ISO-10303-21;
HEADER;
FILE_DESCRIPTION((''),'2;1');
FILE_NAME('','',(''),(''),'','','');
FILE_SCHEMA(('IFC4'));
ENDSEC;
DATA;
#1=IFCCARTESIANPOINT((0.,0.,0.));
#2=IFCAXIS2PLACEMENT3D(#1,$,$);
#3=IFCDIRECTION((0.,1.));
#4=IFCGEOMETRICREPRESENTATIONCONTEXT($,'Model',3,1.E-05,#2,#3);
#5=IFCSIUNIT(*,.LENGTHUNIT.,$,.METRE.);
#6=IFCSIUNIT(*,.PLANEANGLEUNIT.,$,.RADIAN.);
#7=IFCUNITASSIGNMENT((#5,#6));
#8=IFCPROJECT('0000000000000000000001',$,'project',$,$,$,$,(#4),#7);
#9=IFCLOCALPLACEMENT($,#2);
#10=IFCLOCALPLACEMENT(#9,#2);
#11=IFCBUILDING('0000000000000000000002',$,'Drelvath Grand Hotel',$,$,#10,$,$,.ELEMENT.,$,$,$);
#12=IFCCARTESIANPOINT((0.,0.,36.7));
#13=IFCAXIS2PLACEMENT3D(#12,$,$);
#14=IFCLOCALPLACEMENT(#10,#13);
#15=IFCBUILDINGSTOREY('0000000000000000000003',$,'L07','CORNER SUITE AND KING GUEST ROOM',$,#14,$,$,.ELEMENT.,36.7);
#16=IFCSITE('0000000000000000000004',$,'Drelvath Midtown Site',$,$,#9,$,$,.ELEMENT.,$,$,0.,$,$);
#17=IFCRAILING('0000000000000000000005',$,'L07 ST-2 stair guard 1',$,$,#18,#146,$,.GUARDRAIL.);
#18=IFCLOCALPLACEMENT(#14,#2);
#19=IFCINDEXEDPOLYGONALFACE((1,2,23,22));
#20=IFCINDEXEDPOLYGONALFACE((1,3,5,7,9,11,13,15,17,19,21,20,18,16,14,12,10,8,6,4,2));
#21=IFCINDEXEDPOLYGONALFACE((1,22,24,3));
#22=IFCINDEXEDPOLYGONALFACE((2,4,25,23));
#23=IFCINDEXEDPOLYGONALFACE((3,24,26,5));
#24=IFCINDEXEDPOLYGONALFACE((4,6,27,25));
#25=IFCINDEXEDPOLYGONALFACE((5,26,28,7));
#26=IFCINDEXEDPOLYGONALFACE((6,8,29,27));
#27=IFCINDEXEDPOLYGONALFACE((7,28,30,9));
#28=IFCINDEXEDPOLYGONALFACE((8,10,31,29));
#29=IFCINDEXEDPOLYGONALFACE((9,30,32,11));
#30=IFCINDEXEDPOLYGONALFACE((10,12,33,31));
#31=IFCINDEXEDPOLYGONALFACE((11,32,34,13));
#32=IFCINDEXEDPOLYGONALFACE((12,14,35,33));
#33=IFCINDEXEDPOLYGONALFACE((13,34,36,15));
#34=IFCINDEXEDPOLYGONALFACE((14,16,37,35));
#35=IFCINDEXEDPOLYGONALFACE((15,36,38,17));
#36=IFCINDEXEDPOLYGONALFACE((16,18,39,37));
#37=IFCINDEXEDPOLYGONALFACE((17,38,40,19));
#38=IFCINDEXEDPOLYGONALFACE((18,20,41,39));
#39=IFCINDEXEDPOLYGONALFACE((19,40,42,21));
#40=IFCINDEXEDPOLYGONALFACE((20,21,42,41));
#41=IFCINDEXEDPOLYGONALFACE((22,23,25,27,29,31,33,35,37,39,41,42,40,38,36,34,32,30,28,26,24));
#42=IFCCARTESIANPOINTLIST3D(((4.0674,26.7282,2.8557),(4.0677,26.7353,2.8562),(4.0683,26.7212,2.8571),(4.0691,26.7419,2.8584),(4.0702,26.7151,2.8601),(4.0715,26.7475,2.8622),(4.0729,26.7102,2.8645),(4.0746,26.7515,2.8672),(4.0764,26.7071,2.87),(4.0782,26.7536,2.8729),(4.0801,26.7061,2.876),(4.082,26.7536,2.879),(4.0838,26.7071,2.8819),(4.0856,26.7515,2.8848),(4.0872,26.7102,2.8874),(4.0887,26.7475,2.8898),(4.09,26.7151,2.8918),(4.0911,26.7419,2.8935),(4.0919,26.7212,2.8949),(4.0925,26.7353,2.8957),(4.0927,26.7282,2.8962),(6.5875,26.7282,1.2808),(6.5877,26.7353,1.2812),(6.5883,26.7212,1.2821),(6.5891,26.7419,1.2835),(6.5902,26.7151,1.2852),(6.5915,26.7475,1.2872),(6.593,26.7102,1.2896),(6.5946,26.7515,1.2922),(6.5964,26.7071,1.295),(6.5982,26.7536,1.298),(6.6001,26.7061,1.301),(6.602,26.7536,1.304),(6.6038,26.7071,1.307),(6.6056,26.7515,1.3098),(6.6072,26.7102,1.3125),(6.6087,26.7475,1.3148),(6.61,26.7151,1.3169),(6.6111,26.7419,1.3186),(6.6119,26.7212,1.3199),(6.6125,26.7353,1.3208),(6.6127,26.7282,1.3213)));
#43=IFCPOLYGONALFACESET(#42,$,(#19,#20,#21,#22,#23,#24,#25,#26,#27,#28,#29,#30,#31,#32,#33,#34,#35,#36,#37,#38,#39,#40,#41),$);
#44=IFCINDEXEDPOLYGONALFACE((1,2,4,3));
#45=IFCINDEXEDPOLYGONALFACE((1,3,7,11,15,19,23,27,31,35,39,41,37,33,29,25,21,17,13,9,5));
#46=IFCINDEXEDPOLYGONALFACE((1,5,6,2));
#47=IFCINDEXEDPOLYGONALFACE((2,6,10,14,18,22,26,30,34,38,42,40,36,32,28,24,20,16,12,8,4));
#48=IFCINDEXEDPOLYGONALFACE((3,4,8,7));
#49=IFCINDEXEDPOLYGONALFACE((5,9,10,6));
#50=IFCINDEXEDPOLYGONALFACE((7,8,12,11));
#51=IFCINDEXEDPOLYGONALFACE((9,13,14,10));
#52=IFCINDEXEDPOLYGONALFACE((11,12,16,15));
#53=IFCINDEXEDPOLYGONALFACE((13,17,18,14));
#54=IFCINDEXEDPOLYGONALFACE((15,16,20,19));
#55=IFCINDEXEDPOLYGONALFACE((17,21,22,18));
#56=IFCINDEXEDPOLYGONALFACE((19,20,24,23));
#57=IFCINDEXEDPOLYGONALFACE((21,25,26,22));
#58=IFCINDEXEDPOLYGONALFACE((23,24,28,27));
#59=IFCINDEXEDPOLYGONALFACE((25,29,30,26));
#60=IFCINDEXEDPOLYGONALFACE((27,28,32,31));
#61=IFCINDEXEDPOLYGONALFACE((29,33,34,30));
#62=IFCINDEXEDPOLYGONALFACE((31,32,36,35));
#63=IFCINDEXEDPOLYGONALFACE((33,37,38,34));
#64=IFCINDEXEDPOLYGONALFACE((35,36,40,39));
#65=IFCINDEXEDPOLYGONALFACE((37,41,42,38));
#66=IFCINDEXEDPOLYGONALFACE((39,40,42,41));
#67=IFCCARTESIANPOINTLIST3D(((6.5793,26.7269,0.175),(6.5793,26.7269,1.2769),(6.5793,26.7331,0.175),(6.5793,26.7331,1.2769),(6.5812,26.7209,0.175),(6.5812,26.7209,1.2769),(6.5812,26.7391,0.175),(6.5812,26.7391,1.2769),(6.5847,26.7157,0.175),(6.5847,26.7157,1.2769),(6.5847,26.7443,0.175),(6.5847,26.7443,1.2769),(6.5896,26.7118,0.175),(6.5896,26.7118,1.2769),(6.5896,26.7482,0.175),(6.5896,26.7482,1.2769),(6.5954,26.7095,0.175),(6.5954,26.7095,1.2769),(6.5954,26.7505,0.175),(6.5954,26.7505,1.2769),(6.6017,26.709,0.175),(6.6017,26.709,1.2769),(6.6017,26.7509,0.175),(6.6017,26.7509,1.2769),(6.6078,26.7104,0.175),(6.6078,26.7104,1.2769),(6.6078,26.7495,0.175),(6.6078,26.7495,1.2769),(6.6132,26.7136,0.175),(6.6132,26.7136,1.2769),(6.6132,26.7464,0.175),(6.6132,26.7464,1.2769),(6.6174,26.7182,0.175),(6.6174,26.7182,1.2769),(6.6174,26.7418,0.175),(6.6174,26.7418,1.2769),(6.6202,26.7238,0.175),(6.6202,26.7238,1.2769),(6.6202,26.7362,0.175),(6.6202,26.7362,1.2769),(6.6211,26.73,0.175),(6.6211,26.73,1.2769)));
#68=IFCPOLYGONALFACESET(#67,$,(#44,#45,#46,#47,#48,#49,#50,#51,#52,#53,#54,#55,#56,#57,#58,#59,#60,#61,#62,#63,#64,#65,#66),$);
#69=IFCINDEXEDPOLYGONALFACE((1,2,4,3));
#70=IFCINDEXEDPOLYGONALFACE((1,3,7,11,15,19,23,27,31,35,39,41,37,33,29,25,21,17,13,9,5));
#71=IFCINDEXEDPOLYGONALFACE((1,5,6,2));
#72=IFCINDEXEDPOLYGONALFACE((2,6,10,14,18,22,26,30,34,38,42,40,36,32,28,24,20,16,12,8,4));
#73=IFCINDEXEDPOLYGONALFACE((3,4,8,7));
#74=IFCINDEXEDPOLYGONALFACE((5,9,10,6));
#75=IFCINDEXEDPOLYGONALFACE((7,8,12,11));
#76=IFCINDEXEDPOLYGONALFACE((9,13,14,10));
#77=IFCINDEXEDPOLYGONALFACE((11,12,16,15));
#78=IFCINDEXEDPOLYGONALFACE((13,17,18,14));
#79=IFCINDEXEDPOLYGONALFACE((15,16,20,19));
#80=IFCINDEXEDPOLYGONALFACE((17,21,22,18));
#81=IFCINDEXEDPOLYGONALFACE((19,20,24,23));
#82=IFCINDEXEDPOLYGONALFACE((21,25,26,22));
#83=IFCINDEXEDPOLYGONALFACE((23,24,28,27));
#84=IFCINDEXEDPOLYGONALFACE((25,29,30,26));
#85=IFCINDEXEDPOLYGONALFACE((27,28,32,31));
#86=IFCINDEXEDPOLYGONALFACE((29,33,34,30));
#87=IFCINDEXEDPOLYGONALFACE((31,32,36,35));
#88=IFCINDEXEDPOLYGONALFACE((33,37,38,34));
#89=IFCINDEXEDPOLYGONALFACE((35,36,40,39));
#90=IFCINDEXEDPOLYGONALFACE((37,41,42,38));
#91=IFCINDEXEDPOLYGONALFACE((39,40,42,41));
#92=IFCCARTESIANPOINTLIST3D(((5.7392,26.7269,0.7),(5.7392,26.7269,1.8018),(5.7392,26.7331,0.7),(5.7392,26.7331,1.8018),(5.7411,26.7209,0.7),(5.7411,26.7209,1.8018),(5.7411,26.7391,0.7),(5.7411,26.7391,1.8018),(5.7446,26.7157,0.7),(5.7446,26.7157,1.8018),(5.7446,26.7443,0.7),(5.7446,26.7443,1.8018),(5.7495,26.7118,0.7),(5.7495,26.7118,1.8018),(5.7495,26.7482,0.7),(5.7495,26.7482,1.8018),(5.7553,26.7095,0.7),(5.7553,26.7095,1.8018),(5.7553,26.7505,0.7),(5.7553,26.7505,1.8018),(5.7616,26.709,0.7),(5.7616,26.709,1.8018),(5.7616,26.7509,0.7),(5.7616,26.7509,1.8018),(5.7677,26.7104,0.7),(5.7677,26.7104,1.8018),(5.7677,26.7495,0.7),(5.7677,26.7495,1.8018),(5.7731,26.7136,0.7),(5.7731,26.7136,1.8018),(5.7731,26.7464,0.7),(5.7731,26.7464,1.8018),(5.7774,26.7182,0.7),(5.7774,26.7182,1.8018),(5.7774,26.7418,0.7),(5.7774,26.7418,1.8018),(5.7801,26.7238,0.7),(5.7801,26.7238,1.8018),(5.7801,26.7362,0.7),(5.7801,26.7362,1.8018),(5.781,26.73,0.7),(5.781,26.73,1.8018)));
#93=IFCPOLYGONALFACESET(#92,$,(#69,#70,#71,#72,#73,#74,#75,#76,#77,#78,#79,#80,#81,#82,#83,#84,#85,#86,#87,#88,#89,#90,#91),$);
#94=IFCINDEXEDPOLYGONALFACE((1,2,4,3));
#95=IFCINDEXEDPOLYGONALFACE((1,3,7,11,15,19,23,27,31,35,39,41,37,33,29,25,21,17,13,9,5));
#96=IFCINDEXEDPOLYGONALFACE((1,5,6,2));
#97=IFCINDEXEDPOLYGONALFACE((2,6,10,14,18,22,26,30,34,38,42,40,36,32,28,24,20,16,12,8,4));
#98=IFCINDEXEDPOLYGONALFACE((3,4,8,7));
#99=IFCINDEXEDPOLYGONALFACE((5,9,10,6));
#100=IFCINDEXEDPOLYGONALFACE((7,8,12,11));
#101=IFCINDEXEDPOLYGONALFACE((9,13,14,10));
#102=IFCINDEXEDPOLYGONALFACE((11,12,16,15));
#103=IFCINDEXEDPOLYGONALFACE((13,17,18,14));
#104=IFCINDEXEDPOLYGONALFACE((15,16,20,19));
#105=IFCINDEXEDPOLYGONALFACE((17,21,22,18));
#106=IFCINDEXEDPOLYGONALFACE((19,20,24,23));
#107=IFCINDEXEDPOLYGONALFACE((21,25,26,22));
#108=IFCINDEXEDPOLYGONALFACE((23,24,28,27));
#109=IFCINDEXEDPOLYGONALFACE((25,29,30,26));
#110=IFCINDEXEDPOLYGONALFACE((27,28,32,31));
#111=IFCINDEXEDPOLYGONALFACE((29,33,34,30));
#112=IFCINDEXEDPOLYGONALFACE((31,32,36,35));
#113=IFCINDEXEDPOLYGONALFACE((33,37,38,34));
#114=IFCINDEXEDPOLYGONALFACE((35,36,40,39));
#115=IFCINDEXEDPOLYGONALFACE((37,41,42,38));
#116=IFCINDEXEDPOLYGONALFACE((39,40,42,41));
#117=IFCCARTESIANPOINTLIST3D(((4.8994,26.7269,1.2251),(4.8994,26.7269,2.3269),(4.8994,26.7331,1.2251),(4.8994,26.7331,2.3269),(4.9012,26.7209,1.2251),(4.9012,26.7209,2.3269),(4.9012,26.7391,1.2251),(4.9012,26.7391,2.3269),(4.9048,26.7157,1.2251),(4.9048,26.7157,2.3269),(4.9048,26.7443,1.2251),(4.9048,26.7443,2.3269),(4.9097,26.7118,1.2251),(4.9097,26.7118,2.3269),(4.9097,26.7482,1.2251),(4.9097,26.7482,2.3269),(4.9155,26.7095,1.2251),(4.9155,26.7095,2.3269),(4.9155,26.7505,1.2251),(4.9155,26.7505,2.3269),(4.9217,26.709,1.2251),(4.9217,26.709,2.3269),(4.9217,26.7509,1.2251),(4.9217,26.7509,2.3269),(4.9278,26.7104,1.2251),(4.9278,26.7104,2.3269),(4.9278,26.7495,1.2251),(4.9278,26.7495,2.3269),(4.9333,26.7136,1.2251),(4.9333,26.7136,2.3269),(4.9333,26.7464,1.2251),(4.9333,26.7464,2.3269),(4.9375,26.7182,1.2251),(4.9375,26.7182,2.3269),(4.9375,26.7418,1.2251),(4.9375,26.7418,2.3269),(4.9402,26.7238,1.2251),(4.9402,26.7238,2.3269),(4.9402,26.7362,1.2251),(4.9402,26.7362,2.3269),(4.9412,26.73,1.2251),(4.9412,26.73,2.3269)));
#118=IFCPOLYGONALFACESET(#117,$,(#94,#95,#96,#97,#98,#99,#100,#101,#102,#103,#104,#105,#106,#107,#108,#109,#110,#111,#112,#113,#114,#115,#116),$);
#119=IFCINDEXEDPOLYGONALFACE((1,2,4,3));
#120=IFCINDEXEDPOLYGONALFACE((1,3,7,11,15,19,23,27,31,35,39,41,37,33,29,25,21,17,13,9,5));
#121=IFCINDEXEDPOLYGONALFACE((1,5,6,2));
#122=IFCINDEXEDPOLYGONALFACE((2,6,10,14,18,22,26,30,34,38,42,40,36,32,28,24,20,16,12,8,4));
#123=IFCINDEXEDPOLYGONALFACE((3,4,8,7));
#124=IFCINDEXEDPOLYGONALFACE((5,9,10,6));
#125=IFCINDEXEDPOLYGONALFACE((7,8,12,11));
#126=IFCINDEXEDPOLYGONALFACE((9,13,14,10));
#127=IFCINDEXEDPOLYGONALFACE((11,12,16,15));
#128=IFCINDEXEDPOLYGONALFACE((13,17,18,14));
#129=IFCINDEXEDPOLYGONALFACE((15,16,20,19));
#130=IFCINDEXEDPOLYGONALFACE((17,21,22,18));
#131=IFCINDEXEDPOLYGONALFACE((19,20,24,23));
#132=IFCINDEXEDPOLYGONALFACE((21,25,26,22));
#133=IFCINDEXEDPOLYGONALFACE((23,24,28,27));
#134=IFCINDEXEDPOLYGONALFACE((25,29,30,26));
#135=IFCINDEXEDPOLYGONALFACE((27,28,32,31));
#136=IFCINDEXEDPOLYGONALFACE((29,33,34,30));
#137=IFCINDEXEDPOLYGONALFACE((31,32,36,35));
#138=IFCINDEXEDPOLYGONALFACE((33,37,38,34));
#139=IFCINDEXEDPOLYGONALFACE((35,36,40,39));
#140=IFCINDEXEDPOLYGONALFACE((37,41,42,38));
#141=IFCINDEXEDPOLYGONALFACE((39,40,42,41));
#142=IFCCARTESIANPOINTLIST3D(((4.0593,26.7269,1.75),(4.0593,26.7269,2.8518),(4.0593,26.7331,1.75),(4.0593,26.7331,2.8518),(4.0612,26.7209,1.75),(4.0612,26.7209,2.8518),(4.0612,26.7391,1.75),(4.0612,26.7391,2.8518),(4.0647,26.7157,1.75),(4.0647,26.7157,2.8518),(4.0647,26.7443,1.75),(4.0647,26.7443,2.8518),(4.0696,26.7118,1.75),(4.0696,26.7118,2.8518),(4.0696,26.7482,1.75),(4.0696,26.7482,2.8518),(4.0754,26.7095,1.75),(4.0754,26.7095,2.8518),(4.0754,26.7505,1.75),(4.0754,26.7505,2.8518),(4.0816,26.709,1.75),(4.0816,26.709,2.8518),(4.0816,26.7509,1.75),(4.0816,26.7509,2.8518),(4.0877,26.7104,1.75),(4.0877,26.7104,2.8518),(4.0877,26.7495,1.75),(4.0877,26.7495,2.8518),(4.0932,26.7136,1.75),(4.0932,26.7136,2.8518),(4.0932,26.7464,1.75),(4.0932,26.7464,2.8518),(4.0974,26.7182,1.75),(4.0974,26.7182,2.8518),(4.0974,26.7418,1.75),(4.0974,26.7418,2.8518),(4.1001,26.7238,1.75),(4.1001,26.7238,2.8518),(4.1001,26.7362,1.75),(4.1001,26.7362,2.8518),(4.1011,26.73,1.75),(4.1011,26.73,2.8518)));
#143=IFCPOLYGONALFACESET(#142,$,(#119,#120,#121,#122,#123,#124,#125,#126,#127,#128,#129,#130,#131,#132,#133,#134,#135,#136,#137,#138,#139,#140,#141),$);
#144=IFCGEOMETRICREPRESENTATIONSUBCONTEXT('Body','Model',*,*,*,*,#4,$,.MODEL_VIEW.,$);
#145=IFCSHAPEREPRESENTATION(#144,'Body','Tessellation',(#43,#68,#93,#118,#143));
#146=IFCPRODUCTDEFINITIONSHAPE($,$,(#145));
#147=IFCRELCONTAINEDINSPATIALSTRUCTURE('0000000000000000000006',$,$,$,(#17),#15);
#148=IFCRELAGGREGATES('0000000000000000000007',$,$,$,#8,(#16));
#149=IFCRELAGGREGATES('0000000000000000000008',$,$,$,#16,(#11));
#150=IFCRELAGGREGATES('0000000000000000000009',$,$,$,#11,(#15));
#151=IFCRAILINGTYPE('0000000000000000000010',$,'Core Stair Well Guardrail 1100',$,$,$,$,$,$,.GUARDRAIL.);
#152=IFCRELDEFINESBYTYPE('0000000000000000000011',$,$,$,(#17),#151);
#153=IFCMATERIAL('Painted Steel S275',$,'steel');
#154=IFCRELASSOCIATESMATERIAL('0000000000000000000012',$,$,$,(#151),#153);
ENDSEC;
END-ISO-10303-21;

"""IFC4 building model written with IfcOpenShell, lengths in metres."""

from ifc_helpers import new_model, si_unit, direction, frame, origin, origin_2d, place, context, subcontext, project, spatial, circle, extrude, material, type_object, element, save


model = new_model("IFC4")

# Units and contexts
model_context = context("Model", 3, precision=1e-05, world=origin(), true_north=direction((0.0, 1.0)))
body_context = subcontext(model_context, "Body", "Model", "MODEL_VIEW")
ifc_project = project(units=[si_unit("LENGTHUNIT", "METRE"), si_unit("PLANEANGLEUNIT", "RADIAN")], contexts=[model_context])

# Site, building, storey
site_placement = place(None, origin())
site = spatial("IfcSite", under=ifc_project, at=site_placement, Name="Drelvath Midtown Site", CompositionType="ELEMENT", RefElevation=0.0)
building_placement = place(site_placement, origin())
building = spatial("IfcBuilding", under=site, at=building_placement, Name="Drelvath Grand Hotel", CompositionType="ELEMENT")
storey_placement = place(building_placement, frame((0.0, 0.0, 36.7)))
storey = spatial("IfcBuildingStorey", under=building, at=storey_placement, Name="L07", Description="CORNER SUITE AND KING GUEST ROOM", CompositionType="ELEMENT", Elevation=36.7)

# Shared definitions
ifc_material_1 = material(Name="Painted Steel S275", Category="steel")

# Railing
railing_type_1 = type_object("IfcRailingType", Name="Core Stair Well Guardrail 1100", PredefinedType="GUARDRAIL", material=ifc_material_1)
railing_1_placement = place(storey_placement, frame((6.6001, 26.73, 0.175)))
element("IfcRailing", 1, at=railing_1_placement, inside=storey, type_object=railing_type_1, Name="L07 ST-2 stair guard 1", PredefinedType="GUARDRAIL", context=body_context, shape_type="SweptSolid", body=[
    extrude(circle(Radius=0.0239, at=origin_2d()), frame((0.0, 0.0, 1.126), z_axis=(-0.848008, 0.0, 0.529984), x_axis=(0.0, -1.0, 0.0)), (0.0, 0.0, 1.0), 2.9717),
    extrude(circle(Radius=0.021, at=origin_2d()), origin(), (0.0, 0.0, 1.0), 1.1018),
    extrude(circle(Radius=0.021, at=origin_2d()), frame((-0.8401, 0.0, 0.5249)), (0.0, 0.0, 1.0), 1.1018),
    extrude(circle(Radius=0.021, at=origin_2d()), frame((-1.6799, 0.0, 1.05)), (0.0, 0.0, 1.0), 1.1018),
    extrude(circle(Radius=0.021, at=origin_2d()), frame((-2.52, 0.0, 1.575)), (0.0, 0.0, 1.0), 1.1018),
])

save(model, "model.ifc")
